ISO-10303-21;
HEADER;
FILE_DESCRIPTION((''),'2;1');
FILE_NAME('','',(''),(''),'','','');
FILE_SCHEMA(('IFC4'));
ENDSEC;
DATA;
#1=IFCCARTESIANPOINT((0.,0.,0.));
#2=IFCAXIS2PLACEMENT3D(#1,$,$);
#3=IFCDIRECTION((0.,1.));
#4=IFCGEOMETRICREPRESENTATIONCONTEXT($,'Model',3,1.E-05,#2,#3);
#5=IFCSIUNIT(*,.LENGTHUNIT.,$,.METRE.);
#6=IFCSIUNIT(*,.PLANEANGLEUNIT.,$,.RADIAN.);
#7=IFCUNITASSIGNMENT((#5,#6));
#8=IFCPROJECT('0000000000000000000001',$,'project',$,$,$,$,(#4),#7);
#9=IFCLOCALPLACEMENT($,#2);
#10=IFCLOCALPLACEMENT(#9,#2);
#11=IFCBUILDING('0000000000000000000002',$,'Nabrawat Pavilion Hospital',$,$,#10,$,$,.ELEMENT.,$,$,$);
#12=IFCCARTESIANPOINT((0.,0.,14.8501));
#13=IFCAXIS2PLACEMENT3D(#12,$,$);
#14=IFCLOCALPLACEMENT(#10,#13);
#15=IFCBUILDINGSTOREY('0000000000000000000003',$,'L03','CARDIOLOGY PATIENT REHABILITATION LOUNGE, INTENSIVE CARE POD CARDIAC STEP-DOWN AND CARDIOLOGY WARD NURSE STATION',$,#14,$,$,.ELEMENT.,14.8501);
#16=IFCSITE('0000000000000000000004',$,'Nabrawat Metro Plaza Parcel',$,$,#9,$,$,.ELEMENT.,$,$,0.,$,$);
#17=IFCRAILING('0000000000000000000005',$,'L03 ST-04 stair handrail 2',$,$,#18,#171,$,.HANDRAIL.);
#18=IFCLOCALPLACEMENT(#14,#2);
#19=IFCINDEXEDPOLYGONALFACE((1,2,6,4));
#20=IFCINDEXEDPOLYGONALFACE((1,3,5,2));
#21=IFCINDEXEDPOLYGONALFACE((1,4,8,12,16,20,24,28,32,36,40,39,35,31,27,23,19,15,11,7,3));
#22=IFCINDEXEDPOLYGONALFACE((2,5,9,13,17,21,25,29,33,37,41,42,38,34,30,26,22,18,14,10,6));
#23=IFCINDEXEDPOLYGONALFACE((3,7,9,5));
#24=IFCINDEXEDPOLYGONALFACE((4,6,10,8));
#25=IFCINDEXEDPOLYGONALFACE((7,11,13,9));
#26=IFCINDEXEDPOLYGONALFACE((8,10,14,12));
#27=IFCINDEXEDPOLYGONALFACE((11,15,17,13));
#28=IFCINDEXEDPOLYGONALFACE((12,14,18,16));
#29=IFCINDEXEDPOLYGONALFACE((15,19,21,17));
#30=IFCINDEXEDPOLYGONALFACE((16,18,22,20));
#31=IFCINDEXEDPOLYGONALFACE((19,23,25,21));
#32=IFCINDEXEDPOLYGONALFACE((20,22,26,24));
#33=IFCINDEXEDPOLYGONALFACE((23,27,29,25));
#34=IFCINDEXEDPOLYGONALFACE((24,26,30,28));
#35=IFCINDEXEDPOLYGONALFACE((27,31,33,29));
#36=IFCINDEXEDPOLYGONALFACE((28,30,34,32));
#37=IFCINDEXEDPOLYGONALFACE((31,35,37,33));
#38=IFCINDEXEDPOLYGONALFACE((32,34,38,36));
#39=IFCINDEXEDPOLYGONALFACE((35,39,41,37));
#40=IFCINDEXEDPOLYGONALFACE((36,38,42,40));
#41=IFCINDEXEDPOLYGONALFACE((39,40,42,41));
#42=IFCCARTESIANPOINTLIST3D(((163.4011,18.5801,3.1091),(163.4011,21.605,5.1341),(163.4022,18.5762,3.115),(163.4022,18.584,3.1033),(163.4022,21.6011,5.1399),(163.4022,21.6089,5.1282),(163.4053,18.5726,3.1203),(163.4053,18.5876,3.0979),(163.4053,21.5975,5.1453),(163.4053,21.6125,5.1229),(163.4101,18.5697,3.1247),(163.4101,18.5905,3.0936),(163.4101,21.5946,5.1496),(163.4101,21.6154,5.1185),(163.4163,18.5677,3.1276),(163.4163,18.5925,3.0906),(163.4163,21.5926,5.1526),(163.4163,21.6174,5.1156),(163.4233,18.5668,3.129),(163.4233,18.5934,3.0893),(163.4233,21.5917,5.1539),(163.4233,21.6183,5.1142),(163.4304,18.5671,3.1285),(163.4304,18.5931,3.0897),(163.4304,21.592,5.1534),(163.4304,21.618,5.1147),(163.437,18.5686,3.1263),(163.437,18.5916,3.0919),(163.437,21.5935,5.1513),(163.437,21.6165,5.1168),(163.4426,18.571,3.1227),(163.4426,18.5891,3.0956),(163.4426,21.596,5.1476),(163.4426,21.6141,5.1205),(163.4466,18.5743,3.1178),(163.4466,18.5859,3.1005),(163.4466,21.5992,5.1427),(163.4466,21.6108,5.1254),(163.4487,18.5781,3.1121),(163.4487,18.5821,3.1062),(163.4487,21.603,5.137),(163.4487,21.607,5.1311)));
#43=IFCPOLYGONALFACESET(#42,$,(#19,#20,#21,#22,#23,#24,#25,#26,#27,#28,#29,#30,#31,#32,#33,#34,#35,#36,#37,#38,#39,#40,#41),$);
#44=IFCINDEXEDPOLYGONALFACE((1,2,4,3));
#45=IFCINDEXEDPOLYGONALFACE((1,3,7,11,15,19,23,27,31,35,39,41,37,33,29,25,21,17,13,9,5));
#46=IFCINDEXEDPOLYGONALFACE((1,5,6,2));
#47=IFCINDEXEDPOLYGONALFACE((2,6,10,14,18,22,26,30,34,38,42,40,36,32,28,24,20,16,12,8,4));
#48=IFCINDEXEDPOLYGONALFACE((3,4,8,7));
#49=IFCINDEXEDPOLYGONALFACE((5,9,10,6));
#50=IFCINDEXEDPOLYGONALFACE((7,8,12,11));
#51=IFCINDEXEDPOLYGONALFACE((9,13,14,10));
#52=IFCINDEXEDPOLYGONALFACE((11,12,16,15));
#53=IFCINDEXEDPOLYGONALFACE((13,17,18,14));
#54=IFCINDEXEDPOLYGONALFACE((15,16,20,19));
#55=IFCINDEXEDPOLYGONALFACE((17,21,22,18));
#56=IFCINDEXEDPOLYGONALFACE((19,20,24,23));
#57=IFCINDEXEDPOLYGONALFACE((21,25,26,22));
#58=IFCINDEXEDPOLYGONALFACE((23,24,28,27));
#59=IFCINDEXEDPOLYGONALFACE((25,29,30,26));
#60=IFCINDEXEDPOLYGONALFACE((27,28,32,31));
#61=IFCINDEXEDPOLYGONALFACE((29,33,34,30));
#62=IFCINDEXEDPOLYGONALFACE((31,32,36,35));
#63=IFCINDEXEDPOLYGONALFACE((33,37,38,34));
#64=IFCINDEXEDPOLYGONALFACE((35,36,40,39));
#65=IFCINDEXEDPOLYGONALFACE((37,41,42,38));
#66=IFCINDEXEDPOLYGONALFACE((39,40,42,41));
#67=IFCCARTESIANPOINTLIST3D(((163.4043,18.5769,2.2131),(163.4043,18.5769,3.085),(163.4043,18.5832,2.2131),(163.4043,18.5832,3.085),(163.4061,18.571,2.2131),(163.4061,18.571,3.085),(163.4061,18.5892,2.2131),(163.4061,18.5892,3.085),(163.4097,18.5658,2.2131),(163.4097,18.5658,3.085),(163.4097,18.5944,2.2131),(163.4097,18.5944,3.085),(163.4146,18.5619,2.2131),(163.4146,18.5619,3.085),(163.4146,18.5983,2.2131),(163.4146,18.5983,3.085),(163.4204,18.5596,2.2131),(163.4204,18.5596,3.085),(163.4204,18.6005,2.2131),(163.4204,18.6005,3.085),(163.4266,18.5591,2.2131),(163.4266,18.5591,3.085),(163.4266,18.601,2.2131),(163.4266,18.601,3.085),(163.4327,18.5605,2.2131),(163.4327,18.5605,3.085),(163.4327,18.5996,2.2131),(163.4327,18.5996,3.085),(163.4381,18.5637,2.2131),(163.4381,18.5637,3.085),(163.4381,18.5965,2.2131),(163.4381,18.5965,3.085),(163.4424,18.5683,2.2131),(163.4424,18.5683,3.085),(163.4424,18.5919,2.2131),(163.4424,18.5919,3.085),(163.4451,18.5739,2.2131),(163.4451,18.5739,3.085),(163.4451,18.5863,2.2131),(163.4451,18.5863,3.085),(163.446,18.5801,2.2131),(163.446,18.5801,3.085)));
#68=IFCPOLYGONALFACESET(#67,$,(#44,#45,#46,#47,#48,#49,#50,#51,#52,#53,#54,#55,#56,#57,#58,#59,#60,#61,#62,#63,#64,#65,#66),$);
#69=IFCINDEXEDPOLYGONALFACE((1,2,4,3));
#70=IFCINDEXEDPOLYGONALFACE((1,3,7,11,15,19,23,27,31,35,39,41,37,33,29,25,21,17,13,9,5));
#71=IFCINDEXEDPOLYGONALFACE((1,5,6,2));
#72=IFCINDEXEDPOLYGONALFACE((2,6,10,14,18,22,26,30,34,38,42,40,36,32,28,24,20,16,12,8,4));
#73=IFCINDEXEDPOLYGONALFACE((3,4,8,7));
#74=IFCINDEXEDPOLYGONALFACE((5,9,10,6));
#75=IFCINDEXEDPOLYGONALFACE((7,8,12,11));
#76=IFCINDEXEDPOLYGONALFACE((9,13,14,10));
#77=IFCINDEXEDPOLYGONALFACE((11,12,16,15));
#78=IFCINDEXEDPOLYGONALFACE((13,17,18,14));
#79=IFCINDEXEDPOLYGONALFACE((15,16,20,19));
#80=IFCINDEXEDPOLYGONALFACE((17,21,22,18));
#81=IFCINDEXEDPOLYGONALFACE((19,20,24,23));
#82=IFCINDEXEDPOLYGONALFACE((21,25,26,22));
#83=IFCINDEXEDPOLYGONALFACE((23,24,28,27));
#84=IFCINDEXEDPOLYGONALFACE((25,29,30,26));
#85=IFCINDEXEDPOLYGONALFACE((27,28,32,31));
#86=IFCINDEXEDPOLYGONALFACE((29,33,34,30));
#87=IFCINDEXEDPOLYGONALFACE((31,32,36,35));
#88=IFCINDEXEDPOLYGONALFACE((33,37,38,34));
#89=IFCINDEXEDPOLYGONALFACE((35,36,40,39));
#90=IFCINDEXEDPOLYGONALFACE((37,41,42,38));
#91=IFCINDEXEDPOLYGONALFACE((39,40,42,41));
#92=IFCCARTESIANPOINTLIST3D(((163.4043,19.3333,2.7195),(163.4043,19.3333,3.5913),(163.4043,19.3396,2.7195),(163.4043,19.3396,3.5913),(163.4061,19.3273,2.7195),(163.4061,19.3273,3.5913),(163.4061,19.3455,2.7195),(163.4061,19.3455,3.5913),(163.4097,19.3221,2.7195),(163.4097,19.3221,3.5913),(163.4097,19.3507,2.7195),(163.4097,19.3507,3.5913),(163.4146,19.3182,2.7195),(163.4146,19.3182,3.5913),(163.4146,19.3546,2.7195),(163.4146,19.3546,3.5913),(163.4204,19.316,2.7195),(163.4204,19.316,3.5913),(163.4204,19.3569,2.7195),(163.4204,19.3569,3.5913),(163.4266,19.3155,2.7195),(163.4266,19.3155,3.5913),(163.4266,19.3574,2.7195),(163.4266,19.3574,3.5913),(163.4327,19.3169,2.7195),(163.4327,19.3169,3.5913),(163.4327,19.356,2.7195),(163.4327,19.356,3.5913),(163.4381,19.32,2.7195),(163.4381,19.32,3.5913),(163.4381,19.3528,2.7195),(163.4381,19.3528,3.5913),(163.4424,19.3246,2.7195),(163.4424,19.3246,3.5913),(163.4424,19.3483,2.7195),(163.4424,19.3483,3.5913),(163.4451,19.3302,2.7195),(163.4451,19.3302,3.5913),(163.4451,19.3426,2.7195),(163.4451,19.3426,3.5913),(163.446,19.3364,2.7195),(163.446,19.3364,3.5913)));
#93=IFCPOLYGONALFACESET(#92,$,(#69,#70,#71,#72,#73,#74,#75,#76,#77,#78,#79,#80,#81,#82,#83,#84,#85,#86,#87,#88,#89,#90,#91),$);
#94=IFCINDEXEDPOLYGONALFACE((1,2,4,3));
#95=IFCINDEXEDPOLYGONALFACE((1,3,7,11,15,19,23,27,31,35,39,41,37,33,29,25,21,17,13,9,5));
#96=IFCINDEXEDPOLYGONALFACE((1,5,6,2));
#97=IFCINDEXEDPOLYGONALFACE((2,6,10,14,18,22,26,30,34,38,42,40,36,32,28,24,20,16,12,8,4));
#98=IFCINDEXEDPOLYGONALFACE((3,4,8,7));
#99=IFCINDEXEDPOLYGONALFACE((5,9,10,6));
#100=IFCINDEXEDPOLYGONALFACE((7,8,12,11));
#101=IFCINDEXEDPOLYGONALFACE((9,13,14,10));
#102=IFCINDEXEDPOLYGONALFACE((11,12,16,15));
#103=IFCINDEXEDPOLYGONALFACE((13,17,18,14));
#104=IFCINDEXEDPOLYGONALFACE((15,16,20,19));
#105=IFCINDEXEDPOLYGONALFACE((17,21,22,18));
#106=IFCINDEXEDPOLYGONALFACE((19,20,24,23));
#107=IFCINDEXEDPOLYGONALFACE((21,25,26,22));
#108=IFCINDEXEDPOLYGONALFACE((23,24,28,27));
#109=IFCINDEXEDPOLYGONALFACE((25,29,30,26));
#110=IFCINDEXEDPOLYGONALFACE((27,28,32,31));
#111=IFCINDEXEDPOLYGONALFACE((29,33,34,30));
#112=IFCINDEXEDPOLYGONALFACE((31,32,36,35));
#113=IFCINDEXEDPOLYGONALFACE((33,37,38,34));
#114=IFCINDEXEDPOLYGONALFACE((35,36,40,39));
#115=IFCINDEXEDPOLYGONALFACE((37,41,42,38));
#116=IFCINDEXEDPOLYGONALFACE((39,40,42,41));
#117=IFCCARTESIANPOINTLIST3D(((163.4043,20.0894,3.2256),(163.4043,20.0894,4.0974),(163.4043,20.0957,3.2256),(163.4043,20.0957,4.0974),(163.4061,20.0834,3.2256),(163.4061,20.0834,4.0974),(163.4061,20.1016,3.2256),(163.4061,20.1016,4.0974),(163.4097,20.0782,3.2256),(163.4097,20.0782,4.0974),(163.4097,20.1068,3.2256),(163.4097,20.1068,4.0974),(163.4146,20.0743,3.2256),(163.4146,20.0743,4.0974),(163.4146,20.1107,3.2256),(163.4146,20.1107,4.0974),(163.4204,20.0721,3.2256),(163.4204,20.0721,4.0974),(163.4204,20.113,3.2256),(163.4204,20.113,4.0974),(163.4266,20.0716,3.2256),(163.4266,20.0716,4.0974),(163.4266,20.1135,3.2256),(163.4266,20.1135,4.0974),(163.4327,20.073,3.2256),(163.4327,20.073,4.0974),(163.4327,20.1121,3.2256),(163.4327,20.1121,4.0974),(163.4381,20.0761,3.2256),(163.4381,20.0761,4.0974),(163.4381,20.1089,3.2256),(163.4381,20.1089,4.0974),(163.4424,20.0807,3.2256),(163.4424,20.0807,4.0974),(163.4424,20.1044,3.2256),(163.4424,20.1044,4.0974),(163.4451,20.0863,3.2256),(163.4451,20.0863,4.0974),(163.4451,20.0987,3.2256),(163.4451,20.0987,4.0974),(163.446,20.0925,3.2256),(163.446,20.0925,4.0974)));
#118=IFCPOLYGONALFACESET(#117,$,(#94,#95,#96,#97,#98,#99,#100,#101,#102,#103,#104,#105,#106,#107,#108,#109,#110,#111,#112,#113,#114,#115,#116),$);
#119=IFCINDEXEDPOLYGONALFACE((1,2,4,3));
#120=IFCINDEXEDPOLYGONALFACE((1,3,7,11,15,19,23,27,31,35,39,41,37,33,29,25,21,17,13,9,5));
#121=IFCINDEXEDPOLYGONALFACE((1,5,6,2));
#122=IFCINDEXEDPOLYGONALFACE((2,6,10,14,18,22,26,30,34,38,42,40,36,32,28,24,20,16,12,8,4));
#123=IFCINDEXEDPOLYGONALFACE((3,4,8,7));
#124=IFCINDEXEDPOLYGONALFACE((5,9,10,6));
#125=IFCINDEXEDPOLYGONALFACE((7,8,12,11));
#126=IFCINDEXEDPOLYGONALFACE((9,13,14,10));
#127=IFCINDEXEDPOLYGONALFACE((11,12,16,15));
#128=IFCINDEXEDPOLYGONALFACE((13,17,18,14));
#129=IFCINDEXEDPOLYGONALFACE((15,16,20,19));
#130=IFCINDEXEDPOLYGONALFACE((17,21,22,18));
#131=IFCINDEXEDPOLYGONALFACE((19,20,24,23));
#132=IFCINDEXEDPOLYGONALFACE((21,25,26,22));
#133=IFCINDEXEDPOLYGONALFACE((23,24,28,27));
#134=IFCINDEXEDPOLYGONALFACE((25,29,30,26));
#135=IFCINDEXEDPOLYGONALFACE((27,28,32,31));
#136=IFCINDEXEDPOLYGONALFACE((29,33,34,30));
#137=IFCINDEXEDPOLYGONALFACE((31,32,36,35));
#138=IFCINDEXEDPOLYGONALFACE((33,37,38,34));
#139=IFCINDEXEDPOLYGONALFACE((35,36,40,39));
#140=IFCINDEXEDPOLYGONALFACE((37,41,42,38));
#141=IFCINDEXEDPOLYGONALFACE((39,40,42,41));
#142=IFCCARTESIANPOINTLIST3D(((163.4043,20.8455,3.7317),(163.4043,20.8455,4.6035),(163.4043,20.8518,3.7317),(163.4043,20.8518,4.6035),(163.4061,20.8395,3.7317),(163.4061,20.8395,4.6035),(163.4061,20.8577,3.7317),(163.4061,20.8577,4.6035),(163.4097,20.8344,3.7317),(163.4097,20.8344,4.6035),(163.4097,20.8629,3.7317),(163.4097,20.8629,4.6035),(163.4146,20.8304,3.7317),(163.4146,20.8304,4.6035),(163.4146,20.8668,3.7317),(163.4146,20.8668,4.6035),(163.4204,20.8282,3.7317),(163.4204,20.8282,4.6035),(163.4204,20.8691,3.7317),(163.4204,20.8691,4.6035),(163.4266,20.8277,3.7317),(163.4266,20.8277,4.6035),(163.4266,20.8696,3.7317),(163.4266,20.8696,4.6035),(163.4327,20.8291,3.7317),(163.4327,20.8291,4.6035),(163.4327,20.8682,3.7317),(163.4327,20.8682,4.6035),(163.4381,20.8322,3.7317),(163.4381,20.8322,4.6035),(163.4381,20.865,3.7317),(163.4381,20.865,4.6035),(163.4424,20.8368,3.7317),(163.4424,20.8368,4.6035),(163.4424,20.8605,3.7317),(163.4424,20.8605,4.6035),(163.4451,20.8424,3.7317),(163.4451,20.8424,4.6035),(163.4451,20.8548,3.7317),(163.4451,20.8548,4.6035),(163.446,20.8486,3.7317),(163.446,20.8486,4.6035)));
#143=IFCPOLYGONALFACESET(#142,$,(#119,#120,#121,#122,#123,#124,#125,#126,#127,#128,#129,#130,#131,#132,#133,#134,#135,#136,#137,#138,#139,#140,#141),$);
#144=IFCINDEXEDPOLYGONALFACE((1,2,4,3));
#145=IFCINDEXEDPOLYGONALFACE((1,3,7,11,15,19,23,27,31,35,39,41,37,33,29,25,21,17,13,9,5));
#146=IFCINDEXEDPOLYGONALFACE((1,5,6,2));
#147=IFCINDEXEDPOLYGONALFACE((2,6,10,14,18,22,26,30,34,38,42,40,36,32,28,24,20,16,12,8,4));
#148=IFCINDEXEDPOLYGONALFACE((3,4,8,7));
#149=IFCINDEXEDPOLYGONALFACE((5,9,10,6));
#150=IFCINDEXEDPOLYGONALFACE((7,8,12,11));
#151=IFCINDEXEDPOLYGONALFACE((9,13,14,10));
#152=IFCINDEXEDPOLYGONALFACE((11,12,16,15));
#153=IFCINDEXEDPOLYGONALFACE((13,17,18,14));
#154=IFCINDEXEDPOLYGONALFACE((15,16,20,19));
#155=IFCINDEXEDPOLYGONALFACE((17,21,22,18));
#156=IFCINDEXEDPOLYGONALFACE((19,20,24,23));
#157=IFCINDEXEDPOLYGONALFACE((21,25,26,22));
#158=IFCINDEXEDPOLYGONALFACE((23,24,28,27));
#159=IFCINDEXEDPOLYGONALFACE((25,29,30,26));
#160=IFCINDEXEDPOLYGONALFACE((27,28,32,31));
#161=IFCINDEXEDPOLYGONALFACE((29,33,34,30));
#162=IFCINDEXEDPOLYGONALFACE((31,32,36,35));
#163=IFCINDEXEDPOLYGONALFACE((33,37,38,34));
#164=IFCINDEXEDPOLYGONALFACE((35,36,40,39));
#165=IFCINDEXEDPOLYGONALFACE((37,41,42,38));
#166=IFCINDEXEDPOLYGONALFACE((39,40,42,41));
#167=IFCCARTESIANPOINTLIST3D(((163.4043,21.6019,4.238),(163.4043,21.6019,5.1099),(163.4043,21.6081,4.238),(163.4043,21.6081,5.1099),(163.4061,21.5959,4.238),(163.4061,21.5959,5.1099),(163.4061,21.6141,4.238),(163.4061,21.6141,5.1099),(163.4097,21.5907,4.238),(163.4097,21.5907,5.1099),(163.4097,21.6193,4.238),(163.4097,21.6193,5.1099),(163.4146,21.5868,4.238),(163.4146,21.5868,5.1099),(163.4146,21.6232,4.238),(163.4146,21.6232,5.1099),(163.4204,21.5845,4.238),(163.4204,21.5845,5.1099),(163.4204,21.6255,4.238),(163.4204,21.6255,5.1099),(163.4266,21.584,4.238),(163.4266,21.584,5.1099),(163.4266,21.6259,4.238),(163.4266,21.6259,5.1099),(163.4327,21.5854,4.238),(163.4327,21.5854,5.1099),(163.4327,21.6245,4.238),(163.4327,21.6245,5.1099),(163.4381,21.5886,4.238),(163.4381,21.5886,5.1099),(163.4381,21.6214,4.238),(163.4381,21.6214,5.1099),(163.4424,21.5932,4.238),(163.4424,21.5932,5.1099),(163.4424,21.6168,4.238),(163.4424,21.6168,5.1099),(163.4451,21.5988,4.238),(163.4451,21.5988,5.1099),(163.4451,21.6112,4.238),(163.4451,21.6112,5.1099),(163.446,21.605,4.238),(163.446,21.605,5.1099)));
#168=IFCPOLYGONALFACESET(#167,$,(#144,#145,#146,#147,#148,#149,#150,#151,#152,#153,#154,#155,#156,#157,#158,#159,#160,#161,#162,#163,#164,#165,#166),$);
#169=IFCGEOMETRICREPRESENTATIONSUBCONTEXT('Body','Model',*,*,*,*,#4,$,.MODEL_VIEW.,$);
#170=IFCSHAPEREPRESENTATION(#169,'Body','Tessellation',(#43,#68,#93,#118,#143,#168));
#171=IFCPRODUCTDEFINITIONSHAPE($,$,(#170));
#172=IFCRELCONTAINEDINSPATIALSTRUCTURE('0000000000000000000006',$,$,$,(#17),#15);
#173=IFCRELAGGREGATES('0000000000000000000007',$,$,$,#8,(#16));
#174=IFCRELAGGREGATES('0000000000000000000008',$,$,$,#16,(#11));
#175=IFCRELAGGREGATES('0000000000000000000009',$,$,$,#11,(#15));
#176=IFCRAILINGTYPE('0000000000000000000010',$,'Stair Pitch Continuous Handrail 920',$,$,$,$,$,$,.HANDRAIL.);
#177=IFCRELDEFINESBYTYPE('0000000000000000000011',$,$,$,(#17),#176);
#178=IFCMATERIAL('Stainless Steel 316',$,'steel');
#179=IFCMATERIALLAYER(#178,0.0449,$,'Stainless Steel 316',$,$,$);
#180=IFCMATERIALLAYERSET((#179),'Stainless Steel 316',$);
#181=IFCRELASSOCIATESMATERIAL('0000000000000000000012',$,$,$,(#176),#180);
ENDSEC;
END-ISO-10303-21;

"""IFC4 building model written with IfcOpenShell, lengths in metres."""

from ifc_helpers import new_model, si_unit, direction, frame, origin, origin_2d, place, context, subcontext, project, spatial, circle, extrude, material, layer, layer_set, type_object, element, save


model = new_model("IFC4")

# Units and contexts
model_context = context("Model", 3, precision=1e-05, world=origin(), true_north=direction((0.0, 1.0)))
body_context = subcontext(model_context, "Body", "Model", "MODEL_VIEW")
ifc_project = project(units=[si_unit("LENGTHUNIT", "METRE"), si_unit("PLANEANGLEUNIT", "RADIAN")], contexts=[model_context])

# Site, building, storey
site_placement = place(None, origin())
site = spatial("IfcSite", under=ifc_project, at=site_placement, Name="Nabrawat Metro Plaza Parcel", CompositionType="ELEMENT", RefElevation=0.0)
building_placement = place(site_placement, origin())
building = spatial("IfcBuilding", under=site, at=building_placement, Name="Nabrawat Pavilion Hospital", CompositionType="ELEMENT")
storey_placement = place(building_placement, frame((0.0, 0.0, 14.8501)))
storey = spatial("IfcBuildingStorey", under=building, at=storey_placement, Name="L03", Description="CARDIOLOGY PATIENT REHABILITATION LOUNGE, INTENSIVE CARE POD CARDIAC STEP-DOWN AND CARDIOLOGY WARD NURSE STATION", CompositionType="ELEMENT", Elevation=14.8501)

# Railing
ifc_material_1 = material(Name="Stainless Steel 316", Category="steel")
ifc_layer_1 = layer(ifc_material_1, 0.0449, Name="Stainless Steel 316")
ifc_layer_set_1 = layer_set([ifc_layer_1], Name="Stainless Steel 316")
railing_type_1 = type_object("IfcRailingType", Name="Stair Pitch Continuous Handrail 920", PredefinedType="HANDRAIL", material=ifc_layer_set_1)
railing_1_placement = place(storey_placement, frame((163.425, 18.5801, 2.2131)))
element("IfcRailing", 1, at=railing_1_placement, inside=storey, type_object=railing_type_1, Name="L03 ST-04 stair handrail 2", PredefinedType="HANDRAIL", context=body_context, shape_type="SweptSolid", body=[
    extrude(circle(Radius=0.0239, at=origin_2d()), frame((0.0, 0.0, 0.896), z_axis=(0.0, 0.830996, 0.556278), x_axis=(-1.0, 0.0, 0.0)), (0.0, 0.0, 1.0), 3.6401),
    extrude(circle(Radius=0.021, at=origin_2d()), origin(), (0.0, 0.0, 1.0), 0.8718),
    extrude(circle(Radius=0.021, at=origin_2d()), frame((0.0, 0.7563, 0.5063)), (0.0, 0.0, 1.0), 0.8718),
    extrude(circle(Radius=0.021, at=origin_2d()), frame((0.0, 1.5125, 1.0125)), (0.0, 0.0, 1.0), 0.8718),
    extrude(circle(Radius=0.021, at=origin_2d()), frame((0.0, 2.2686, 1.5186)), (0.0, 0.0, 1.0), 0.8718),
    extrude(circle(Radius=0.021, at=origin_2d()), frame((0.0, 3.0249, 2.0249)), (0.0, 0.0, 1.0), 0.8718),
])

save(model, "model.ifc")
